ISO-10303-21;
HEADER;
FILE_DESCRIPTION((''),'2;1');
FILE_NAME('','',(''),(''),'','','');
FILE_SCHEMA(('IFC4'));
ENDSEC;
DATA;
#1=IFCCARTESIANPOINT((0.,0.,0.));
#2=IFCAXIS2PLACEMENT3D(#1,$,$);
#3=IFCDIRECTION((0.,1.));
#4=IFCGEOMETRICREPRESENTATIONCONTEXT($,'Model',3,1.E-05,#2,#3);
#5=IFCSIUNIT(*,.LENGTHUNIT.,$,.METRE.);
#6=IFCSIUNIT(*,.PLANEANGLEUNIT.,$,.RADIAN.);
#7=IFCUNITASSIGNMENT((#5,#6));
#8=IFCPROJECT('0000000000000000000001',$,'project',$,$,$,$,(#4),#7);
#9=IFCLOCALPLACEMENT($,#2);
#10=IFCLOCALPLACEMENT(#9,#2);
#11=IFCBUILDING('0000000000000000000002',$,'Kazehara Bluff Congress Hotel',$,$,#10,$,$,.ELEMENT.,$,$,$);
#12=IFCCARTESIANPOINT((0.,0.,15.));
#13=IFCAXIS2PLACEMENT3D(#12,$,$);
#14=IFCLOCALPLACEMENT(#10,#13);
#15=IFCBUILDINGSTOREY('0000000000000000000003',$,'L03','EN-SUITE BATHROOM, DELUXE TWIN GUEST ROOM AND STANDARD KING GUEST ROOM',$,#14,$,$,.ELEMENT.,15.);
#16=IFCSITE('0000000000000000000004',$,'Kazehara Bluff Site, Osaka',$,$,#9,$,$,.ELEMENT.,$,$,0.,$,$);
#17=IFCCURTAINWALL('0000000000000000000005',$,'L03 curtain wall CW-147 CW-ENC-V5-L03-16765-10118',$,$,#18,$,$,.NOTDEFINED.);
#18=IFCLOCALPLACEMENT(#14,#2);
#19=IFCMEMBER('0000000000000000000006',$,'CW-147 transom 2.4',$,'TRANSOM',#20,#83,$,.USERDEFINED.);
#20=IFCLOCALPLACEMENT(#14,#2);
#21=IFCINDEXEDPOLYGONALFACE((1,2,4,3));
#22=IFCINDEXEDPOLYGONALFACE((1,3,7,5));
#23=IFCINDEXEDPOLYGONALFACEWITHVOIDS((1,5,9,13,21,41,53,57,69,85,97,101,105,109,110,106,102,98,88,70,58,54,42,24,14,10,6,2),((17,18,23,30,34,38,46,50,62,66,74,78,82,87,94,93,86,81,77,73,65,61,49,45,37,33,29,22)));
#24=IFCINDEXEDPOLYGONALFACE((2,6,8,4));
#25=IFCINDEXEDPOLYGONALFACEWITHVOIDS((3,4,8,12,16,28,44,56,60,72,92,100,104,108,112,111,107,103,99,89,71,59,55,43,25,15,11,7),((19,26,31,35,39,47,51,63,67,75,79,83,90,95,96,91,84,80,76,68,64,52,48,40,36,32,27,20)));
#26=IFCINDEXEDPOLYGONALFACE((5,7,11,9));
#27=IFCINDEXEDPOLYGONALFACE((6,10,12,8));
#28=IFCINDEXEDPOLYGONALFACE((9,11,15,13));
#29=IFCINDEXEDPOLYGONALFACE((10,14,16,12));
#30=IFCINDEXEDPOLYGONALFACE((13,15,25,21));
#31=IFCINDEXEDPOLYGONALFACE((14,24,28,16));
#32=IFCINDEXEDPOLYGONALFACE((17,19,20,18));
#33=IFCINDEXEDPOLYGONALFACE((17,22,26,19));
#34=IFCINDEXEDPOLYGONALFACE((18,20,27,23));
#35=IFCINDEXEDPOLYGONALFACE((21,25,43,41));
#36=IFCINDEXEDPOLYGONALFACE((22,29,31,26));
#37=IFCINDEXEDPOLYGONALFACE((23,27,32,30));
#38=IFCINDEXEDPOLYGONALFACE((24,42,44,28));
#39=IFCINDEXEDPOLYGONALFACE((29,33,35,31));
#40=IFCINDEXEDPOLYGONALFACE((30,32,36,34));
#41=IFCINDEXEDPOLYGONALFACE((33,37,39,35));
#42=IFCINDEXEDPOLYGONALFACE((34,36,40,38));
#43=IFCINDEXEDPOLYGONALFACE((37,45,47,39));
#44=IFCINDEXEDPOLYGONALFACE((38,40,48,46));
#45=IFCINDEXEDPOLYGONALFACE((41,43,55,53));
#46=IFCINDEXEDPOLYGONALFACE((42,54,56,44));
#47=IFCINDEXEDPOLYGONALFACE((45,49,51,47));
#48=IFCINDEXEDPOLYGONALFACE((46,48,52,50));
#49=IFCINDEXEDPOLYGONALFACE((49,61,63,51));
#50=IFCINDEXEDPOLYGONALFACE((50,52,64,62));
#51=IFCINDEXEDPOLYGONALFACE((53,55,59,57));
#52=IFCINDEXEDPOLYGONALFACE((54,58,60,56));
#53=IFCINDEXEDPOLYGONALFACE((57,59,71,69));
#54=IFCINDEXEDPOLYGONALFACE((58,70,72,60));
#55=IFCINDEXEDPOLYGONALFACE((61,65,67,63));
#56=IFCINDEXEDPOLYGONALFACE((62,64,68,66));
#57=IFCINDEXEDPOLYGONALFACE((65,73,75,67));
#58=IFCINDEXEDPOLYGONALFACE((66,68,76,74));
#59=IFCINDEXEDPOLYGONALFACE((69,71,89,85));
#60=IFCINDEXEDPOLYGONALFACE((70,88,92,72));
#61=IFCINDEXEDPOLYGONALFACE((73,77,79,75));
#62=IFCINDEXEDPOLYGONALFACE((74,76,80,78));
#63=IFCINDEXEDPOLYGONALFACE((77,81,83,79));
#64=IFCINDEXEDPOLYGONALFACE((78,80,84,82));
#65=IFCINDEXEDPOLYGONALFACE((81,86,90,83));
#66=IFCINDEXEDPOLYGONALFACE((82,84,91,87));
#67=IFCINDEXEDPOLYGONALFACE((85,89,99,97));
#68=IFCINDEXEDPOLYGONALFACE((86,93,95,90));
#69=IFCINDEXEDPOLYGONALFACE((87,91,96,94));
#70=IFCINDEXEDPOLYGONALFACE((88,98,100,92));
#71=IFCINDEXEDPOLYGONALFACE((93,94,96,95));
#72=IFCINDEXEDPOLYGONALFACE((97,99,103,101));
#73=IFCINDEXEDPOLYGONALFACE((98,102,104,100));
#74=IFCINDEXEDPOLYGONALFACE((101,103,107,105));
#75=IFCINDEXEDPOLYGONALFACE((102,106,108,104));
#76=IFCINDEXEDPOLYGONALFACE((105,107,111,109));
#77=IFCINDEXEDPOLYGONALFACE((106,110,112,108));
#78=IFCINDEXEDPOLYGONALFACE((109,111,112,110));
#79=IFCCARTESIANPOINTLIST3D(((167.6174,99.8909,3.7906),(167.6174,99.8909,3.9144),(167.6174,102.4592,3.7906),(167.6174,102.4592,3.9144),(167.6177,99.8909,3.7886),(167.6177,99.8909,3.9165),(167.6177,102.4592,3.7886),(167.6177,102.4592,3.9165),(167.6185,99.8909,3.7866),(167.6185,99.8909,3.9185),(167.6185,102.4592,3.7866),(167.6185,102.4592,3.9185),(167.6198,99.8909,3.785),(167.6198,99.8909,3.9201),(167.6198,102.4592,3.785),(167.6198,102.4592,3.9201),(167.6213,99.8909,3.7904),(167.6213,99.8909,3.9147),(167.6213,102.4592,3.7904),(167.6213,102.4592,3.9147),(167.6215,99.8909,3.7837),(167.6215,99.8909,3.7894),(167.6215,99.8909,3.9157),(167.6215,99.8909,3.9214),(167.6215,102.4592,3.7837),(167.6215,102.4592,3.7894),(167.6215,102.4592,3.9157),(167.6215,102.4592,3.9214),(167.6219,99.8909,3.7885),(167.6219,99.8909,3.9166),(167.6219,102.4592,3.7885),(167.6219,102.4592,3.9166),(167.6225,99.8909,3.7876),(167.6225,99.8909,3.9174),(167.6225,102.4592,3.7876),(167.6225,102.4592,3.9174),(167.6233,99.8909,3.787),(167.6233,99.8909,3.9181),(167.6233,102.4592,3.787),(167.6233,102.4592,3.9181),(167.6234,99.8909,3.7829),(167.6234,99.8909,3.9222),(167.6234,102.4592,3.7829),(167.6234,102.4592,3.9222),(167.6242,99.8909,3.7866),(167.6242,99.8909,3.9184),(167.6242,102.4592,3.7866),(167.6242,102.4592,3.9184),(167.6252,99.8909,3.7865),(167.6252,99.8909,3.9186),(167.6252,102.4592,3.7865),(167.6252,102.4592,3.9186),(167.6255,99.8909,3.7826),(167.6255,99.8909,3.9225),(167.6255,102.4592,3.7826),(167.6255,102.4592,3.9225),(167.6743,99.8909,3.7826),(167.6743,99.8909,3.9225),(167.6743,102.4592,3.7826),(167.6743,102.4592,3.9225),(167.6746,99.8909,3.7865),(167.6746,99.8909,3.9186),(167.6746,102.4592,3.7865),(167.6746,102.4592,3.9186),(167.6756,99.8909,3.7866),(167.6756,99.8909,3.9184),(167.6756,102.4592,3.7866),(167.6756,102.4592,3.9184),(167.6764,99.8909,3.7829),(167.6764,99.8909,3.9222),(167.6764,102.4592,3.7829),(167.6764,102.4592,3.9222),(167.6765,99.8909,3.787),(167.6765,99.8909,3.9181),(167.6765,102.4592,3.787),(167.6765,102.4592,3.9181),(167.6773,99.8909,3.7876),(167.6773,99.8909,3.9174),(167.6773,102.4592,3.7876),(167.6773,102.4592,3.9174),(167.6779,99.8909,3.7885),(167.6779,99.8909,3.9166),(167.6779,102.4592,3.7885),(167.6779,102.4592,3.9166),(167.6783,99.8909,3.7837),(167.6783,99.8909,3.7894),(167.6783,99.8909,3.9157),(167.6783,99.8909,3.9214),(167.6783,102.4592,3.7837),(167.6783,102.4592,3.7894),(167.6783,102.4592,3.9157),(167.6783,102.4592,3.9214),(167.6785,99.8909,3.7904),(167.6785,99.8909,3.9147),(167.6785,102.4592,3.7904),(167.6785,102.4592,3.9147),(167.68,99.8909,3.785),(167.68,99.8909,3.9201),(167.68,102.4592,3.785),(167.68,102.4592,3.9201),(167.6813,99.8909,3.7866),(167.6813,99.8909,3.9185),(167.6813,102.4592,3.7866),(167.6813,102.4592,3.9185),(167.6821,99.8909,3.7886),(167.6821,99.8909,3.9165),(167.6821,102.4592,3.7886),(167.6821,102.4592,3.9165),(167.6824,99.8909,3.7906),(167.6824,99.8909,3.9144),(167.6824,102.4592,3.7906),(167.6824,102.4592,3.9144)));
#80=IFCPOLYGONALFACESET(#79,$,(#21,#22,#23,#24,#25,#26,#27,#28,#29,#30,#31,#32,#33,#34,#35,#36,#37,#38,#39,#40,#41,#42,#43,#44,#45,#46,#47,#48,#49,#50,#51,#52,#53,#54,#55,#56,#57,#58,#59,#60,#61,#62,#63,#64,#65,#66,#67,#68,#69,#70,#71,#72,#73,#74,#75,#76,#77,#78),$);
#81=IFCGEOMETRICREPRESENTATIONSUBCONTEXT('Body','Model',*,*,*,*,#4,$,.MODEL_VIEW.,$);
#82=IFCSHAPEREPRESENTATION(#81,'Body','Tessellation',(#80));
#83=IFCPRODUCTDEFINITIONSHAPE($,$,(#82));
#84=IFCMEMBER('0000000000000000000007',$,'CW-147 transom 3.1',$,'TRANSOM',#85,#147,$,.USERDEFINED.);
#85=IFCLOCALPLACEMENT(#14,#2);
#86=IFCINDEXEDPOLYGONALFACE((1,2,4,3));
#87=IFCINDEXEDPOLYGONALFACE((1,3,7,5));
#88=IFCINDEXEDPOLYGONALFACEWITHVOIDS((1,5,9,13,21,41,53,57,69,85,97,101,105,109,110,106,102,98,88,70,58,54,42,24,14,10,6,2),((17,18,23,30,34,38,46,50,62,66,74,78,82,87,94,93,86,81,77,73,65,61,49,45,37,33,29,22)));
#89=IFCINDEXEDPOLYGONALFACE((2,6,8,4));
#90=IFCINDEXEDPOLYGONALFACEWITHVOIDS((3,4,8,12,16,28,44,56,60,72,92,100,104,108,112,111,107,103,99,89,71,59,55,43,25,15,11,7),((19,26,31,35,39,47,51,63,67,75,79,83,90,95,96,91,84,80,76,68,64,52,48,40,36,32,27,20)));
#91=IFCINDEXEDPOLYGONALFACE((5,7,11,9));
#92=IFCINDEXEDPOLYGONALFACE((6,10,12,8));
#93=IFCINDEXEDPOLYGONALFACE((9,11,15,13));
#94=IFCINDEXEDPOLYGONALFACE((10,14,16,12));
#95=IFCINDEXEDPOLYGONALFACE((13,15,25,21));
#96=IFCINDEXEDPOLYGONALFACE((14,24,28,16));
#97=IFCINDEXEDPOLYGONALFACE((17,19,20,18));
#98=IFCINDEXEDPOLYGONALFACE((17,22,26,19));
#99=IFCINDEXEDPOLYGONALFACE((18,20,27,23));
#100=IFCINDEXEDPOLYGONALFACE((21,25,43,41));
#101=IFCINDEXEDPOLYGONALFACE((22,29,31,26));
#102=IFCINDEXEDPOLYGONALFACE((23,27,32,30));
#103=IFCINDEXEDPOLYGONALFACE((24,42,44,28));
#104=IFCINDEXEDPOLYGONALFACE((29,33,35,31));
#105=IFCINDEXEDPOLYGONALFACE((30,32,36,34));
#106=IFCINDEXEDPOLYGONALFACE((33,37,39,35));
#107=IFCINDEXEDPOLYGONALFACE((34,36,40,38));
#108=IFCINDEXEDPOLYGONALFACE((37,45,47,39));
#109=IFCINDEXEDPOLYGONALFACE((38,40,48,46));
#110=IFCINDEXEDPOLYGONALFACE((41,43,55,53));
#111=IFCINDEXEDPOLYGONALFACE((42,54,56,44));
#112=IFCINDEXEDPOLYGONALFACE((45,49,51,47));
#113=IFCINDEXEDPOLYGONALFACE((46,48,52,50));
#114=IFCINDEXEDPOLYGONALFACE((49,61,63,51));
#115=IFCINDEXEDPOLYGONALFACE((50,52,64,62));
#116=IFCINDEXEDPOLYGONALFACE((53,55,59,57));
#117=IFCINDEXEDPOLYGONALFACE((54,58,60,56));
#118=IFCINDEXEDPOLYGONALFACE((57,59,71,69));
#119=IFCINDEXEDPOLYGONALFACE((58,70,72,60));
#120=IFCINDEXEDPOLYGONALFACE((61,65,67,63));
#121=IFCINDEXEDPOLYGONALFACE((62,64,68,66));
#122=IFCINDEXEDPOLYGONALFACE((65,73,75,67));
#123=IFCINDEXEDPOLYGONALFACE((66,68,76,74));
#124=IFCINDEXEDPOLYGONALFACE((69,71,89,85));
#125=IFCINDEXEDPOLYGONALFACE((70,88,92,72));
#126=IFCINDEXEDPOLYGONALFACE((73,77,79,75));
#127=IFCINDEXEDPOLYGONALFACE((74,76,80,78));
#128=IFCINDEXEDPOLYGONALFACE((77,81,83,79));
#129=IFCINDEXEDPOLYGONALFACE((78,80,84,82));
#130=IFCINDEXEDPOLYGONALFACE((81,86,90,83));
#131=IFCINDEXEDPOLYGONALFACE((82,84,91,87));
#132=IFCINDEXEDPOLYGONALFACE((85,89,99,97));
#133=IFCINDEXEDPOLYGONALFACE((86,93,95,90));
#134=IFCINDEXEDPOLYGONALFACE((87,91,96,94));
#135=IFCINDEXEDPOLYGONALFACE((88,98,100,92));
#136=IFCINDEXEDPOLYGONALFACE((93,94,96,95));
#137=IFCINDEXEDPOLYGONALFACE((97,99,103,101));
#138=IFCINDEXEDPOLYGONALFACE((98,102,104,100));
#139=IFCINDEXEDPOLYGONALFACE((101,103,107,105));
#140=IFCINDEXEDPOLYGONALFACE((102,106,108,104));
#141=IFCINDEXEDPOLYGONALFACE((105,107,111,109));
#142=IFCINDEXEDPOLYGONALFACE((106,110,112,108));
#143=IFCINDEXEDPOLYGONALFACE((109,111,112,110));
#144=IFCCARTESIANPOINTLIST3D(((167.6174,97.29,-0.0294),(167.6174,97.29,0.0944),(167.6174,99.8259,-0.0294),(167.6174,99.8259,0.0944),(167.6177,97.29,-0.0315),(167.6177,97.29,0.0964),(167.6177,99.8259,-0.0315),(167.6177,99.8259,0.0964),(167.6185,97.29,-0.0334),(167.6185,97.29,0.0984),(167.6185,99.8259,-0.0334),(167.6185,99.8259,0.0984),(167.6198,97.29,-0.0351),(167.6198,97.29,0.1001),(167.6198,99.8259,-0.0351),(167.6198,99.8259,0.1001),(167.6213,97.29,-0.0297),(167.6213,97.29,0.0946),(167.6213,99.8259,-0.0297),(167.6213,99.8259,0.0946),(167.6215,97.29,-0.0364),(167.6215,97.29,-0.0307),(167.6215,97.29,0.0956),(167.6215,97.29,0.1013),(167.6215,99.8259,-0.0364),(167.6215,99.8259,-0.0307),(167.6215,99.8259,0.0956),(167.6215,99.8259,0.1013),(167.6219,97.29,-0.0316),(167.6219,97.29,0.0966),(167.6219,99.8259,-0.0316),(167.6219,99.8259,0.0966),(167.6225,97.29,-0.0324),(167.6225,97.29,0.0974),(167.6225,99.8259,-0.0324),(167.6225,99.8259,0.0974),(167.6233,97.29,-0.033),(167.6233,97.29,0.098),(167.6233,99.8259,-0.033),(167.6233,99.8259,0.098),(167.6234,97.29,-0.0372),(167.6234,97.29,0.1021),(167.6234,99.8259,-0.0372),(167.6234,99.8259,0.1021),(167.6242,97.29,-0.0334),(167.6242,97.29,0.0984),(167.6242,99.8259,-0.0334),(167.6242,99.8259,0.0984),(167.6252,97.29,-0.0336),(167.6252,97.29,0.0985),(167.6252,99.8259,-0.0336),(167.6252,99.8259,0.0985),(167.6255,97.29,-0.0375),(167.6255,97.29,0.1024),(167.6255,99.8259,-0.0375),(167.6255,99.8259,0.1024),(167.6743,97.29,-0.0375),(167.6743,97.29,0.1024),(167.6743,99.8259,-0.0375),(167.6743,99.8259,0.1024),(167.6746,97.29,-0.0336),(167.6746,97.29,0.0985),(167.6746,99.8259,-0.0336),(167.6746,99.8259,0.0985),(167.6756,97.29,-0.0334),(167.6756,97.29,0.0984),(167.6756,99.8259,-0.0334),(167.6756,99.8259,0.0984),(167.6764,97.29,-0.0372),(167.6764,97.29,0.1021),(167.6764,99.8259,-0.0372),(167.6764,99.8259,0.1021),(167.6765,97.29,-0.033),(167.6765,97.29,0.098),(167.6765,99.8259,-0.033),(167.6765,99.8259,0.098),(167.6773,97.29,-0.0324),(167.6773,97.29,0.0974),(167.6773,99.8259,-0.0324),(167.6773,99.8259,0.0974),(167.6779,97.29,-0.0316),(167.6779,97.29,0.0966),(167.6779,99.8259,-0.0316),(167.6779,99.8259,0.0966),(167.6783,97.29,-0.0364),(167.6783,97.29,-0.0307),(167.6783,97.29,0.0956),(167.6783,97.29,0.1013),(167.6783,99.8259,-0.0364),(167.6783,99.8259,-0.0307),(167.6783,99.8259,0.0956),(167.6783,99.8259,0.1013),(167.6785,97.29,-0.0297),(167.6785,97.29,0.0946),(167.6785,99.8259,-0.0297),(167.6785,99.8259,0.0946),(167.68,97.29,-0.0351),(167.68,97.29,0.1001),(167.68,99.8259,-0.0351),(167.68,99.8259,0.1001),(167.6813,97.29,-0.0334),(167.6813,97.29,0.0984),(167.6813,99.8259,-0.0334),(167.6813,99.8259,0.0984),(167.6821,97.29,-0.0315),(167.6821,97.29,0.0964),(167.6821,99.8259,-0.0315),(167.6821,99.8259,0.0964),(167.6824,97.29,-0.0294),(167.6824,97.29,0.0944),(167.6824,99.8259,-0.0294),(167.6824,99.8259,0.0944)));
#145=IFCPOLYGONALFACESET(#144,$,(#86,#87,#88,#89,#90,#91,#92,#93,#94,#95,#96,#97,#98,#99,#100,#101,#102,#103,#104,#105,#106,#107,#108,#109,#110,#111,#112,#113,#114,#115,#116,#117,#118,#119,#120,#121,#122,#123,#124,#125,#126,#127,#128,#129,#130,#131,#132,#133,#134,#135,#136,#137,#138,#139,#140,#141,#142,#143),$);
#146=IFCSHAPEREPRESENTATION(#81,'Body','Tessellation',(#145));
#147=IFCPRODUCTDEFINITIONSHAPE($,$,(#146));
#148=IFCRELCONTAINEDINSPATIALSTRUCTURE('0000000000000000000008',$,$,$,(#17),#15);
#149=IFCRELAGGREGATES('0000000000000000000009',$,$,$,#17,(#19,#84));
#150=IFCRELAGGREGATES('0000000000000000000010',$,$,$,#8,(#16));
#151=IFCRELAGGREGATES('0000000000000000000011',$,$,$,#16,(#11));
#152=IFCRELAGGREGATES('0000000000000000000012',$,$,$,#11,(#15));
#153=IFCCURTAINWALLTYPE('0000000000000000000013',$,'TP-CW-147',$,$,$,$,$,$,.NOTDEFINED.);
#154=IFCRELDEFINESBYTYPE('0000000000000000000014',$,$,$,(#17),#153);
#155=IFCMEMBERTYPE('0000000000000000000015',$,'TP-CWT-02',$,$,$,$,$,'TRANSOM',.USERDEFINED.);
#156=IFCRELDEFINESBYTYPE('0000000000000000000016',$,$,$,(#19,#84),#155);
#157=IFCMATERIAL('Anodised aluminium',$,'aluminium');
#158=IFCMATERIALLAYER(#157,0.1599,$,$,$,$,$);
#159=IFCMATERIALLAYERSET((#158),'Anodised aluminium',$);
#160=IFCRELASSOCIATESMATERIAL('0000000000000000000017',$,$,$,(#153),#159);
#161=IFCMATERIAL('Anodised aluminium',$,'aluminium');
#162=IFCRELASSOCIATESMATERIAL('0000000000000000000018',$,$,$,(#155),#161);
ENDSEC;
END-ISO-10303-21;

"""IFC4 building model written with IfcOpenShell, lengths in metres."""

from ifc_helpers import new_model, si_unit, direction, frame, origin, origin_2d, place, context, subcontext, project, spatial, hollow_rectangle, extrude, material, layer, layer_set, material_profile, profile_set, type_object, element, aggregate, save


model = new_model("IFC4")

# Units and contexts
model_context = context("Model", 3, precision=1e-05, world=origin(), true_north=direction((0.0, 1.0)))
body_context = subcontext(model_context, "Body", "Model", "MODEL_VIEW")
ifc_project = project(units=[si_unit("LENGTHUNIT", "METRE"), si_unit("PLANEANGLEUNIT", "RADIAN")], contexts=[model_context])

# Site, building, storey
site_placement = place(None, origin())
site = spatial("IfcSite", under=ifc_project, at=site_placement, Name="Kazehara Bluff Site, Osaka", CompositionType="ELEMENT", RefElevation=0.0)
building_placement = place(site_placement, origin())
building = spatial("IfcBuilding", under=site, at=building_placement, Name="Kazehara Bluff Congress Hotel", CompositionType="ELEMENT")
storey_placement = place(building_placement, frame((0.0, 0.0, 15.0)))
storey = spatial("IfcBuildingStorey", under=building, at=storey_placement, Name="L03", Description="EN-SUITE BATHROOM, DELUXE TWIN GUEST ROOM AND STANDARD KING GUEST ROOM", CompositionType="ELEMENT", Elevation=15.0)

# Curtain wall, members
ifc_material_1 = material(Name="Anodised aluminium", Category="aluminium")
ifc_layer_1 = layer(ifc_material_1, 0.1599)
ifc_layer_set_1 = layer_set([ifc_layer_1], Name="Anodised aluminium")
curtain_wall_type = type_object("IfcCurtainWallType", Name="TP-CW-147", PredefinedType="NOTDEFINED", material=ifc_layer_set_1)
curtain_wall_placement = place(storey_placement, origin())
curtain_wall = element("IfcCurtainWall", 1, at=curtain_wall_placement, inside=storey, type_object=curtain_wall_type, Name="L03 curtain wall CW-147 CW-ENC-V5-L03-16765-10118", PredefinedType="NOTDEFINED")
ifc_material_2 = material(Name="Anodised aluminium", Category="aluminium")
ifc_material_profile_1 = material_profile(ifc_material_2, hollow_rectangle(XDim=0.0649, YDim=0.1399, WallThickness=0.0039, InnerFilletRadius=0.0039, OuterFilletRadius=0.0081, at=origin_2d()))
ifc_profile_set_1 = profile_set([ifc_material_profile_1], Name="Anodised aluminium")
member_type_1 = type_object("IfcMemberType", Name="TP-CWT-02", ElementType="TRANSOM", PredefinedType="USERDEFINED", material=ifc_profile_set_1)
member_1_placement = place(storey_placement, frame((167.6499, 102.4592, 3.8525), z_axis=(0.0, -1.0, 0.0), x_axis=(1.0, 0.0, 0.0)))
member_1 = element("IfcMember", 2, at=member_1_placement, type_object=member_type_1, Name="CW-147 transom 2.4", ObjectType="TRANSOM", PredefinedType="USERDEFINED", context=body_context, shape_type="SweptSolid", body=[
    extrude(hollow_rectangle(XDim=0.0649, YDim=0.1399, WallThickness=0.0039, InnerFilletRadius=0.0039, OuterFilletRadius=0.0081, at=origin_2d()), origin(), (0.0, 0.0, 1.0), 2.5684),
])
member_2_placement = place(storey_placement, frame((167.6499, 99.8259, 0.0325), z_axis=(0.0, -1.0, 0.0), x_axis=(1.0, 0.0, 0.0)))
member_2 = element("IfcMember", 3, at=member_2_placement, type_object=member_type_1, Name="CW-147 transom 3.1", ObjectType="TRANSOM", PredefinedType="USERDEFINED", context=body_context, shape_type="SweptSolid", body=[
    extrude(hollow_rectangle(XDim=0.0649, YDim=0.1399, WallThickness=0.0039, InnerFilletRadius=0.0039, OuterFilletRadius=0.0081, at=origin_2d()), origin(), (0.0, 0.0, 1.0), 2.5359),
])

aggregate(curtain_wall, [member_1, member_2])

save(model, "model.ifc")
